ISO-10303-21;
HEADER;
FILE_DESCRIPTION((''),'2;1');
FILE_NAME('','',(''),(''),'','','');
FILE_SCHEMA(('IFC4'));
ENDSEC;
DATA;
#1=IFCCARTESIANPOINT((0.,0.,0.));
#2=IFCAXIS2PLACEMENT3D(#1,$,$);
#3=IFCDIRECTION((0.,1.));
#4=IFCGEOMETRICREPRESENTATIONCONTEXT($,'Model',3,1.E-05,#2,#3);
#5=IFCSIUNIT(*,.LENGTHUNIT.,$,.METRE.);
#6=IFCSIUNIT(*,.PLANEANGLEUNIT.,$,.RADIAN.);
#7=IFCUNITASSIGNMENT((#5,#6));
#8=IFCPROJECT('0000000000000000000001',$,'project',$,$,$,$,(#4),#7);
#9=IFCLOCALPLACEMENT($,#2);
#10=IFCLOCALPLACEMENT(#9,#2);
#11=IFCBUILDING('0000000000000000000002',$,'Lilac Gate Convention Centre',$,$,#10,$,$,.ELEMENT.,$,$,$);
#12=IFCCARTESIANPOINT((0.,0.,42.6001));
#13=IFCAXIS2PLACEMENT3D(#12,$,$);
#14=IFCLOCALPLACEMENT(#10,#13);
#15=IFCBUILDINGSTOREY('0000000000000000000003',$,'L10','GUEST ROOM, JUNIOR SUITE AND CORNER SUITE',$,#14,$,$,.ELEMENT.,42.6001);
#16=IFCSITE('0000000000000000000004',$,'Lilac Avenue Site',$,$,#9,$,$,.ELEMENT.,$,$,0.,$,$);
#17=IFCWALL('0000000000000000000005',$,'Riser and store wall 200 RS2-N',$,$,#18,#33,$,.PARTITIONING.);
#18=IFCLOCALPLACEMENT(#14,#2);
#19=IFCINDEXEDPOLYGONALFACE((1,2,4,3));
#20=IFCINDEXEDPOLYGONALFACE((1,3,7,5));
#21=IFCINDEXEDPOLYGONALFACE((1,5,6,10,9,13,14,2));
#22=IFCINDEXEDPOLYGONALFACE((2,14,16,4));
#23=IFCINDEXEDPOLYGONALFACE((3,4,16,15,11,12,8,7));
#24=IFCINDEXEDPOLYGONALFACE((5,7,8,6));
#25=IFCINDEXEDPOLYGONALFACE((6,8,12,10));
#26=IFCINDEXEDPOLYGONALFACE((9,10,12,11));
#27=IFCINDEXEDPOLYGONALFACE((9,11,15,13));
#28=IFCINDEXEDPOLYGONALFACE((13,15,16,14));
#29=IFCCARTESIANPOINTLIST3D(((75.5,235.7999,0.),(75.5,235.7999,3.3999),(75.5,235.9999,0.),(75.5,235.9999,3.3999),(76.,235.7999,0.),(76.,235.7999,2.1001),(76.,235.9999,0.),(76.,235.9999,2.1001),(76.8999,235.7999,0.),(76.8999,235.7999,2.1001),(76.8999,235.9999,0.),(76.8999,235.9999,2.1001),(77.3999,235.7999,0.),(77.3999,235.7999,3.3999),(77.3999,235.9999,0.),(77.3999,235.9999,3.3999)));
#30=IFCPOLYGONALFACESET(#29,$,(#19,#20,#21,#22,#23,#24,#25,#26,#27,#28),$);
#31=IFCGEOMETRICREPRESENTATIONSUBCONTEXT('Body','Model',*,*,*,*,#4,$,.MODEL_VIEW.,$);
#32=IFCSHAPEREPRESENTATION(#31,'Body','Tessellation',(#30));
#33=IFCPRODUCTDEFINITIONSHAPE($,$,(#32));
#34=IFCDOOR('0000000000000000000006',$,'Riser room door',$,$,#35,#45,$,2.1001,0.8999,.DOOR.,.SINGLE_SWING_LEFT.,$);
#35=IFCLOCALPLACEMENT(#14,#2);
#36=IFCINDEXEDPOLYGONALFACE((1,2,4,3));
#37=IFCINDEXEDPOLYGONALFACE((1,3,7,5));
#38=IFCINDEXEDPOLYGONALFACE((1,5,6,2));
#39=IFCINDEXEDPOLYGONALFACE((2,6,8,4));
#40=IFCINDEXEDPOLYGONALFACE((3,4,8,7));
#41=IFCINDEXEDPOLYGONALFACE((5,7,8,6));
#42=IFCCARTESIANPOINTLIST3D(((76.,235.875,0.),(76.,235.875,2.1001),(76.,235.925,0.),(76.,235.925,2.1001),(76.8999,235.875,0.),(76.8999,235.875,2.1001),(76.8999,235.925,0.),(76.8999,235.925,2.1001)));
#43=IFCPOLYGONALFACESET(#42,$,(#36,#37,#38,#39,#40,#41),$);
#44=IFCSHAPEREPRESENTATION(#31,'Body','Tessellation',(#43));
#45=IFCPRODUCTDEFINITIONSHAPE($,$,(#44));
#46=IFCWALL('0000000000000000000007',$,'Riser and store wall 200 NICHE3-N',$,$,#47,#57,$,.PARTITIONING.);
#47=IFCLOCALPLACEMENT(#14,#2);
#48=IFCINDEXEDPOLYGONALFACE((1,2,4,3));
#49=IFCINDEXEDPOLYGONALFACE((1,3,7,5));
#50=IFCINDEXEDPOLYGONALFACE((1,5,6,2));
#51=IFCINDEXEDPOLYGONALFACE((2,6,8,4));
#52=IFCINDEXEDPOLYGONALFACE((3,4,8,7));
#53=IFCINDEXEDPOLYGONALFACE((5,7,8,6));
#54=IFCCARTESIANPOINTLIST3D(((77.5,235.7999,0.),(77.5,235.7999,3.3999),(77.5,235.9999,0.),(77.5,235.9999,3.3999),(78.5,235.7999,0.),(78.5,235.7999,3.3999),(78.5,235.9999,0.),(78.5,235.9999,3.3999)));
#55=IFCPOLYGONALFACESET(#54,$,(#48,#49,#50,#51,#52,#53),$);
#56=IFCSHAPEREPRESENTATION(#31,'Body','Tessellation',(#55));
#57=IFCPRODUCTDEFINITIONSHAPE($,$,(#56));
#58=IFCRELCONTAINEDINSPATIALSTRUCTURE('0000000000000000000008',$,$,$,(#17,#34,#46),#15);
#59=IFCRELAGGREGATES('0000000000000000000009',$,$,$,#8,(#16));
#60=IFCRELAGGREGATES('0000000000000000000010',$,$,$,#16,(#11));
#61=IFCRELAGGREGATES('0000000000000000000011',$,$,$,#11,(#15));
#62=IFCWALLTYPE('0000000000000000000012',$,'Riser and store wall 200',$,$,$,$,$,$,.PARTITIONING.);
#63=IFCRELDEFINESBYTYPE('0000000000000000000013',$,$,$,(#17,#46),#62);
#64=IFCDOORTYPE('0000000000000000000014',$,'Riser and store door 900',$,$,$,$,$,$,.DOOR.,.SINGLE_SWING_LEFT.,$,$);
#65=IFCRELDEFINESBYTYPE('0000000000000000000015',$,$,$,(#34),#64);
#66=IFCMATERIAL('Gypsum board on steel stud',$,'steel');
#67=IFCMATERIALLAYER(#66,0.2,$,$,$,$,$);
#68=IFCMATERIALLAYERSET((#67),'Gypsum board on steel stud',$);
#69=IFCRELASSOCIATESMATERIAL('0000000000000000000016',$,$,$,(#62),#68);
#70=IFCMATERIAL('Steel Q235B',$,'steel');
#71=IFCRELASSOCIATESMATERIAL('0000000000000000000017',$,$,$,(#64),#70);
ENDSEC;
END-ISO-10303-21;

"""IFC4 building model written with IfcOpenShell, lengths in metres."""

from ifc_helpers import new_model, si_unit, direction, frame, frame_2d, origin, place, context, subcontext, project, spatial, rectangle, extrude, material, layer, layer_set, type_object, element, fill, save


model = new_model("IFC4")

# Units and contexts
model_context = context("Model", 3, precision=1e-05, world=origin(), true_north=direction((0.0, 1.0)))
body_context = subcontext(model_context, "Body", "Model", "MODEL_VIEW")
ifc_project = project(units=[si_unit("LENGTHUNIT", "METRE"), si_unit("PLANEANGLEUNIT", "RADIAN")], contexts=[model_context])

# Site, building, storey
site_placement = place(None, origin())
site = spatial("IfcSite", under=ifc_project, at=site_placement, Name="Lilac Avenue Site", CompositionType="ELEMENT", RefElevation=0.0)
building_placement = place(site_placement, origin())
building = spatial("IfcBuilding", under=site, at=building_placement, Name="Lilac Gate Convention Centre", CompositionType="ELEMENT")
storey_placement = place(building_placement, frame((0.0, 0.0, 42.6001)))
storey = spatial("IfcBuildingStorey", under=building, at=storey_placement, Name="L10", Description="GUEST ROOM, JUNIOR SUITE AND CORNER SUITE", CompositionType="ELEMENT", Elevation=42.6001)

# Shared definitions
ifc_material_1 = material(Name="Gypsum board on steel stud", Category="steel")

# Wall, opening, door
ifc_layer_1 = layer(ifc_material_1, 0.2)
ifc_layer_set_1 = layer_set([ifc_layer_1], Name="Gypsum board on steel stud")
wall_type_1 = type_object("IfcWallType", Name="Riser and store wall 200", PredefinedType="PARTITIONING", material=ifc_layer_set_1)
wall_1_placement = place(storey_placement, frame((77.3999, 235.8999, 0.0), z_axis=(0.0, 0.0, 1.0), x_axis=(-1.0, 0.0, 0.0)))
wall_1 = element("IfcWall", 1, at=wall_1_placement, inside=storey, type_object=wall_type_1, Name="Riser and store wall 200 RS2-N", PredefinedType="PARTITIONING", context=body_context, shape_type="SweptSolid", body=[
    extrude(rectangle(XDim=1.8999, YDim=0.2, at=frame_2d((0.95, 0.0))), origin(), (0.0, 0.0, 1.0), 3.3999),
])
opening_1_placement = place(wall_1_placement, frame((0.5, 0.0, 0.0)))
opening_1 = element("IfcOpeningElement", 2, at=opening_1_placement, cuts=wall_1, PredefinedType="OPENING", context=body_context, shape_type="SweptSolid", body=[
    extrude(rectangle(XDim=0.8999, YDim=2.1001, at=frame_2d((0.45, 1.05))), frame((0.0, 0.1099, 0.0), z_axis=(0.0, -1.0, 0.0), x_axis=(1.0, 0.0, 0.0)), (0.0, 0.0, 1.0), 0.22),
])
ifc_material_2 = material(Name="Steel Q235B", Category="steel")
door_type_1 = type_object("IfcDoorType", Name="Riser and store door 900", OperationType="SINGLE_SWING_LEFT", PredefinedType="DOOR", material=ifc_material_2)
door_1_placement = place(opening_1_placement, origin())
door_1 = element("IfcDoor", 3, at=door_1_placement, inside=storey, type_object=door_type_1, Name="Riser room door", OperationType="SINGLE_SWING_LEFT", OverallHeight=2.1001, OverallWidth=0.8999, PredefinedType="DOOR", context=body_context, shape_type="SweptSolid", body=[
    extrude(rectangle(XDim=0.8999, YDim=2.1001, at=frame_2d((0.45, 1.05))), frame((0.0, 0.0249, 0.0), z_axis=(0.0, -1.0, 0.0), x_axis=(1.0, 0.0, 0.0)), (0.0, 0.0, 1.0), 0.05),
])
fill(opening_1, door_1)

# Wall
wall_2_placement = place(storey_placement, frame((77.5, 235.8999, 0.0), z_axis=(0.0, 0.0, 1.0), x_axis=(1.0, 0.0, 0.0)))
element("IfcWall", 4, at=wall_2_placement, inside=storey, type_object=wall_type_1, Name="Riser and store wall 200 NICHE3-N", PredefinedType="PARTITIONING", context=body_context, shape_type="SweptSolid", body=[
    extrude(rectangle(XDim=1.0, YDim=0.2, at=frame_2d((0.5, 0.0))), origin(), (0.0, 0.0, 1.0), 3.3999),
])

save(model, "model.ifc")
